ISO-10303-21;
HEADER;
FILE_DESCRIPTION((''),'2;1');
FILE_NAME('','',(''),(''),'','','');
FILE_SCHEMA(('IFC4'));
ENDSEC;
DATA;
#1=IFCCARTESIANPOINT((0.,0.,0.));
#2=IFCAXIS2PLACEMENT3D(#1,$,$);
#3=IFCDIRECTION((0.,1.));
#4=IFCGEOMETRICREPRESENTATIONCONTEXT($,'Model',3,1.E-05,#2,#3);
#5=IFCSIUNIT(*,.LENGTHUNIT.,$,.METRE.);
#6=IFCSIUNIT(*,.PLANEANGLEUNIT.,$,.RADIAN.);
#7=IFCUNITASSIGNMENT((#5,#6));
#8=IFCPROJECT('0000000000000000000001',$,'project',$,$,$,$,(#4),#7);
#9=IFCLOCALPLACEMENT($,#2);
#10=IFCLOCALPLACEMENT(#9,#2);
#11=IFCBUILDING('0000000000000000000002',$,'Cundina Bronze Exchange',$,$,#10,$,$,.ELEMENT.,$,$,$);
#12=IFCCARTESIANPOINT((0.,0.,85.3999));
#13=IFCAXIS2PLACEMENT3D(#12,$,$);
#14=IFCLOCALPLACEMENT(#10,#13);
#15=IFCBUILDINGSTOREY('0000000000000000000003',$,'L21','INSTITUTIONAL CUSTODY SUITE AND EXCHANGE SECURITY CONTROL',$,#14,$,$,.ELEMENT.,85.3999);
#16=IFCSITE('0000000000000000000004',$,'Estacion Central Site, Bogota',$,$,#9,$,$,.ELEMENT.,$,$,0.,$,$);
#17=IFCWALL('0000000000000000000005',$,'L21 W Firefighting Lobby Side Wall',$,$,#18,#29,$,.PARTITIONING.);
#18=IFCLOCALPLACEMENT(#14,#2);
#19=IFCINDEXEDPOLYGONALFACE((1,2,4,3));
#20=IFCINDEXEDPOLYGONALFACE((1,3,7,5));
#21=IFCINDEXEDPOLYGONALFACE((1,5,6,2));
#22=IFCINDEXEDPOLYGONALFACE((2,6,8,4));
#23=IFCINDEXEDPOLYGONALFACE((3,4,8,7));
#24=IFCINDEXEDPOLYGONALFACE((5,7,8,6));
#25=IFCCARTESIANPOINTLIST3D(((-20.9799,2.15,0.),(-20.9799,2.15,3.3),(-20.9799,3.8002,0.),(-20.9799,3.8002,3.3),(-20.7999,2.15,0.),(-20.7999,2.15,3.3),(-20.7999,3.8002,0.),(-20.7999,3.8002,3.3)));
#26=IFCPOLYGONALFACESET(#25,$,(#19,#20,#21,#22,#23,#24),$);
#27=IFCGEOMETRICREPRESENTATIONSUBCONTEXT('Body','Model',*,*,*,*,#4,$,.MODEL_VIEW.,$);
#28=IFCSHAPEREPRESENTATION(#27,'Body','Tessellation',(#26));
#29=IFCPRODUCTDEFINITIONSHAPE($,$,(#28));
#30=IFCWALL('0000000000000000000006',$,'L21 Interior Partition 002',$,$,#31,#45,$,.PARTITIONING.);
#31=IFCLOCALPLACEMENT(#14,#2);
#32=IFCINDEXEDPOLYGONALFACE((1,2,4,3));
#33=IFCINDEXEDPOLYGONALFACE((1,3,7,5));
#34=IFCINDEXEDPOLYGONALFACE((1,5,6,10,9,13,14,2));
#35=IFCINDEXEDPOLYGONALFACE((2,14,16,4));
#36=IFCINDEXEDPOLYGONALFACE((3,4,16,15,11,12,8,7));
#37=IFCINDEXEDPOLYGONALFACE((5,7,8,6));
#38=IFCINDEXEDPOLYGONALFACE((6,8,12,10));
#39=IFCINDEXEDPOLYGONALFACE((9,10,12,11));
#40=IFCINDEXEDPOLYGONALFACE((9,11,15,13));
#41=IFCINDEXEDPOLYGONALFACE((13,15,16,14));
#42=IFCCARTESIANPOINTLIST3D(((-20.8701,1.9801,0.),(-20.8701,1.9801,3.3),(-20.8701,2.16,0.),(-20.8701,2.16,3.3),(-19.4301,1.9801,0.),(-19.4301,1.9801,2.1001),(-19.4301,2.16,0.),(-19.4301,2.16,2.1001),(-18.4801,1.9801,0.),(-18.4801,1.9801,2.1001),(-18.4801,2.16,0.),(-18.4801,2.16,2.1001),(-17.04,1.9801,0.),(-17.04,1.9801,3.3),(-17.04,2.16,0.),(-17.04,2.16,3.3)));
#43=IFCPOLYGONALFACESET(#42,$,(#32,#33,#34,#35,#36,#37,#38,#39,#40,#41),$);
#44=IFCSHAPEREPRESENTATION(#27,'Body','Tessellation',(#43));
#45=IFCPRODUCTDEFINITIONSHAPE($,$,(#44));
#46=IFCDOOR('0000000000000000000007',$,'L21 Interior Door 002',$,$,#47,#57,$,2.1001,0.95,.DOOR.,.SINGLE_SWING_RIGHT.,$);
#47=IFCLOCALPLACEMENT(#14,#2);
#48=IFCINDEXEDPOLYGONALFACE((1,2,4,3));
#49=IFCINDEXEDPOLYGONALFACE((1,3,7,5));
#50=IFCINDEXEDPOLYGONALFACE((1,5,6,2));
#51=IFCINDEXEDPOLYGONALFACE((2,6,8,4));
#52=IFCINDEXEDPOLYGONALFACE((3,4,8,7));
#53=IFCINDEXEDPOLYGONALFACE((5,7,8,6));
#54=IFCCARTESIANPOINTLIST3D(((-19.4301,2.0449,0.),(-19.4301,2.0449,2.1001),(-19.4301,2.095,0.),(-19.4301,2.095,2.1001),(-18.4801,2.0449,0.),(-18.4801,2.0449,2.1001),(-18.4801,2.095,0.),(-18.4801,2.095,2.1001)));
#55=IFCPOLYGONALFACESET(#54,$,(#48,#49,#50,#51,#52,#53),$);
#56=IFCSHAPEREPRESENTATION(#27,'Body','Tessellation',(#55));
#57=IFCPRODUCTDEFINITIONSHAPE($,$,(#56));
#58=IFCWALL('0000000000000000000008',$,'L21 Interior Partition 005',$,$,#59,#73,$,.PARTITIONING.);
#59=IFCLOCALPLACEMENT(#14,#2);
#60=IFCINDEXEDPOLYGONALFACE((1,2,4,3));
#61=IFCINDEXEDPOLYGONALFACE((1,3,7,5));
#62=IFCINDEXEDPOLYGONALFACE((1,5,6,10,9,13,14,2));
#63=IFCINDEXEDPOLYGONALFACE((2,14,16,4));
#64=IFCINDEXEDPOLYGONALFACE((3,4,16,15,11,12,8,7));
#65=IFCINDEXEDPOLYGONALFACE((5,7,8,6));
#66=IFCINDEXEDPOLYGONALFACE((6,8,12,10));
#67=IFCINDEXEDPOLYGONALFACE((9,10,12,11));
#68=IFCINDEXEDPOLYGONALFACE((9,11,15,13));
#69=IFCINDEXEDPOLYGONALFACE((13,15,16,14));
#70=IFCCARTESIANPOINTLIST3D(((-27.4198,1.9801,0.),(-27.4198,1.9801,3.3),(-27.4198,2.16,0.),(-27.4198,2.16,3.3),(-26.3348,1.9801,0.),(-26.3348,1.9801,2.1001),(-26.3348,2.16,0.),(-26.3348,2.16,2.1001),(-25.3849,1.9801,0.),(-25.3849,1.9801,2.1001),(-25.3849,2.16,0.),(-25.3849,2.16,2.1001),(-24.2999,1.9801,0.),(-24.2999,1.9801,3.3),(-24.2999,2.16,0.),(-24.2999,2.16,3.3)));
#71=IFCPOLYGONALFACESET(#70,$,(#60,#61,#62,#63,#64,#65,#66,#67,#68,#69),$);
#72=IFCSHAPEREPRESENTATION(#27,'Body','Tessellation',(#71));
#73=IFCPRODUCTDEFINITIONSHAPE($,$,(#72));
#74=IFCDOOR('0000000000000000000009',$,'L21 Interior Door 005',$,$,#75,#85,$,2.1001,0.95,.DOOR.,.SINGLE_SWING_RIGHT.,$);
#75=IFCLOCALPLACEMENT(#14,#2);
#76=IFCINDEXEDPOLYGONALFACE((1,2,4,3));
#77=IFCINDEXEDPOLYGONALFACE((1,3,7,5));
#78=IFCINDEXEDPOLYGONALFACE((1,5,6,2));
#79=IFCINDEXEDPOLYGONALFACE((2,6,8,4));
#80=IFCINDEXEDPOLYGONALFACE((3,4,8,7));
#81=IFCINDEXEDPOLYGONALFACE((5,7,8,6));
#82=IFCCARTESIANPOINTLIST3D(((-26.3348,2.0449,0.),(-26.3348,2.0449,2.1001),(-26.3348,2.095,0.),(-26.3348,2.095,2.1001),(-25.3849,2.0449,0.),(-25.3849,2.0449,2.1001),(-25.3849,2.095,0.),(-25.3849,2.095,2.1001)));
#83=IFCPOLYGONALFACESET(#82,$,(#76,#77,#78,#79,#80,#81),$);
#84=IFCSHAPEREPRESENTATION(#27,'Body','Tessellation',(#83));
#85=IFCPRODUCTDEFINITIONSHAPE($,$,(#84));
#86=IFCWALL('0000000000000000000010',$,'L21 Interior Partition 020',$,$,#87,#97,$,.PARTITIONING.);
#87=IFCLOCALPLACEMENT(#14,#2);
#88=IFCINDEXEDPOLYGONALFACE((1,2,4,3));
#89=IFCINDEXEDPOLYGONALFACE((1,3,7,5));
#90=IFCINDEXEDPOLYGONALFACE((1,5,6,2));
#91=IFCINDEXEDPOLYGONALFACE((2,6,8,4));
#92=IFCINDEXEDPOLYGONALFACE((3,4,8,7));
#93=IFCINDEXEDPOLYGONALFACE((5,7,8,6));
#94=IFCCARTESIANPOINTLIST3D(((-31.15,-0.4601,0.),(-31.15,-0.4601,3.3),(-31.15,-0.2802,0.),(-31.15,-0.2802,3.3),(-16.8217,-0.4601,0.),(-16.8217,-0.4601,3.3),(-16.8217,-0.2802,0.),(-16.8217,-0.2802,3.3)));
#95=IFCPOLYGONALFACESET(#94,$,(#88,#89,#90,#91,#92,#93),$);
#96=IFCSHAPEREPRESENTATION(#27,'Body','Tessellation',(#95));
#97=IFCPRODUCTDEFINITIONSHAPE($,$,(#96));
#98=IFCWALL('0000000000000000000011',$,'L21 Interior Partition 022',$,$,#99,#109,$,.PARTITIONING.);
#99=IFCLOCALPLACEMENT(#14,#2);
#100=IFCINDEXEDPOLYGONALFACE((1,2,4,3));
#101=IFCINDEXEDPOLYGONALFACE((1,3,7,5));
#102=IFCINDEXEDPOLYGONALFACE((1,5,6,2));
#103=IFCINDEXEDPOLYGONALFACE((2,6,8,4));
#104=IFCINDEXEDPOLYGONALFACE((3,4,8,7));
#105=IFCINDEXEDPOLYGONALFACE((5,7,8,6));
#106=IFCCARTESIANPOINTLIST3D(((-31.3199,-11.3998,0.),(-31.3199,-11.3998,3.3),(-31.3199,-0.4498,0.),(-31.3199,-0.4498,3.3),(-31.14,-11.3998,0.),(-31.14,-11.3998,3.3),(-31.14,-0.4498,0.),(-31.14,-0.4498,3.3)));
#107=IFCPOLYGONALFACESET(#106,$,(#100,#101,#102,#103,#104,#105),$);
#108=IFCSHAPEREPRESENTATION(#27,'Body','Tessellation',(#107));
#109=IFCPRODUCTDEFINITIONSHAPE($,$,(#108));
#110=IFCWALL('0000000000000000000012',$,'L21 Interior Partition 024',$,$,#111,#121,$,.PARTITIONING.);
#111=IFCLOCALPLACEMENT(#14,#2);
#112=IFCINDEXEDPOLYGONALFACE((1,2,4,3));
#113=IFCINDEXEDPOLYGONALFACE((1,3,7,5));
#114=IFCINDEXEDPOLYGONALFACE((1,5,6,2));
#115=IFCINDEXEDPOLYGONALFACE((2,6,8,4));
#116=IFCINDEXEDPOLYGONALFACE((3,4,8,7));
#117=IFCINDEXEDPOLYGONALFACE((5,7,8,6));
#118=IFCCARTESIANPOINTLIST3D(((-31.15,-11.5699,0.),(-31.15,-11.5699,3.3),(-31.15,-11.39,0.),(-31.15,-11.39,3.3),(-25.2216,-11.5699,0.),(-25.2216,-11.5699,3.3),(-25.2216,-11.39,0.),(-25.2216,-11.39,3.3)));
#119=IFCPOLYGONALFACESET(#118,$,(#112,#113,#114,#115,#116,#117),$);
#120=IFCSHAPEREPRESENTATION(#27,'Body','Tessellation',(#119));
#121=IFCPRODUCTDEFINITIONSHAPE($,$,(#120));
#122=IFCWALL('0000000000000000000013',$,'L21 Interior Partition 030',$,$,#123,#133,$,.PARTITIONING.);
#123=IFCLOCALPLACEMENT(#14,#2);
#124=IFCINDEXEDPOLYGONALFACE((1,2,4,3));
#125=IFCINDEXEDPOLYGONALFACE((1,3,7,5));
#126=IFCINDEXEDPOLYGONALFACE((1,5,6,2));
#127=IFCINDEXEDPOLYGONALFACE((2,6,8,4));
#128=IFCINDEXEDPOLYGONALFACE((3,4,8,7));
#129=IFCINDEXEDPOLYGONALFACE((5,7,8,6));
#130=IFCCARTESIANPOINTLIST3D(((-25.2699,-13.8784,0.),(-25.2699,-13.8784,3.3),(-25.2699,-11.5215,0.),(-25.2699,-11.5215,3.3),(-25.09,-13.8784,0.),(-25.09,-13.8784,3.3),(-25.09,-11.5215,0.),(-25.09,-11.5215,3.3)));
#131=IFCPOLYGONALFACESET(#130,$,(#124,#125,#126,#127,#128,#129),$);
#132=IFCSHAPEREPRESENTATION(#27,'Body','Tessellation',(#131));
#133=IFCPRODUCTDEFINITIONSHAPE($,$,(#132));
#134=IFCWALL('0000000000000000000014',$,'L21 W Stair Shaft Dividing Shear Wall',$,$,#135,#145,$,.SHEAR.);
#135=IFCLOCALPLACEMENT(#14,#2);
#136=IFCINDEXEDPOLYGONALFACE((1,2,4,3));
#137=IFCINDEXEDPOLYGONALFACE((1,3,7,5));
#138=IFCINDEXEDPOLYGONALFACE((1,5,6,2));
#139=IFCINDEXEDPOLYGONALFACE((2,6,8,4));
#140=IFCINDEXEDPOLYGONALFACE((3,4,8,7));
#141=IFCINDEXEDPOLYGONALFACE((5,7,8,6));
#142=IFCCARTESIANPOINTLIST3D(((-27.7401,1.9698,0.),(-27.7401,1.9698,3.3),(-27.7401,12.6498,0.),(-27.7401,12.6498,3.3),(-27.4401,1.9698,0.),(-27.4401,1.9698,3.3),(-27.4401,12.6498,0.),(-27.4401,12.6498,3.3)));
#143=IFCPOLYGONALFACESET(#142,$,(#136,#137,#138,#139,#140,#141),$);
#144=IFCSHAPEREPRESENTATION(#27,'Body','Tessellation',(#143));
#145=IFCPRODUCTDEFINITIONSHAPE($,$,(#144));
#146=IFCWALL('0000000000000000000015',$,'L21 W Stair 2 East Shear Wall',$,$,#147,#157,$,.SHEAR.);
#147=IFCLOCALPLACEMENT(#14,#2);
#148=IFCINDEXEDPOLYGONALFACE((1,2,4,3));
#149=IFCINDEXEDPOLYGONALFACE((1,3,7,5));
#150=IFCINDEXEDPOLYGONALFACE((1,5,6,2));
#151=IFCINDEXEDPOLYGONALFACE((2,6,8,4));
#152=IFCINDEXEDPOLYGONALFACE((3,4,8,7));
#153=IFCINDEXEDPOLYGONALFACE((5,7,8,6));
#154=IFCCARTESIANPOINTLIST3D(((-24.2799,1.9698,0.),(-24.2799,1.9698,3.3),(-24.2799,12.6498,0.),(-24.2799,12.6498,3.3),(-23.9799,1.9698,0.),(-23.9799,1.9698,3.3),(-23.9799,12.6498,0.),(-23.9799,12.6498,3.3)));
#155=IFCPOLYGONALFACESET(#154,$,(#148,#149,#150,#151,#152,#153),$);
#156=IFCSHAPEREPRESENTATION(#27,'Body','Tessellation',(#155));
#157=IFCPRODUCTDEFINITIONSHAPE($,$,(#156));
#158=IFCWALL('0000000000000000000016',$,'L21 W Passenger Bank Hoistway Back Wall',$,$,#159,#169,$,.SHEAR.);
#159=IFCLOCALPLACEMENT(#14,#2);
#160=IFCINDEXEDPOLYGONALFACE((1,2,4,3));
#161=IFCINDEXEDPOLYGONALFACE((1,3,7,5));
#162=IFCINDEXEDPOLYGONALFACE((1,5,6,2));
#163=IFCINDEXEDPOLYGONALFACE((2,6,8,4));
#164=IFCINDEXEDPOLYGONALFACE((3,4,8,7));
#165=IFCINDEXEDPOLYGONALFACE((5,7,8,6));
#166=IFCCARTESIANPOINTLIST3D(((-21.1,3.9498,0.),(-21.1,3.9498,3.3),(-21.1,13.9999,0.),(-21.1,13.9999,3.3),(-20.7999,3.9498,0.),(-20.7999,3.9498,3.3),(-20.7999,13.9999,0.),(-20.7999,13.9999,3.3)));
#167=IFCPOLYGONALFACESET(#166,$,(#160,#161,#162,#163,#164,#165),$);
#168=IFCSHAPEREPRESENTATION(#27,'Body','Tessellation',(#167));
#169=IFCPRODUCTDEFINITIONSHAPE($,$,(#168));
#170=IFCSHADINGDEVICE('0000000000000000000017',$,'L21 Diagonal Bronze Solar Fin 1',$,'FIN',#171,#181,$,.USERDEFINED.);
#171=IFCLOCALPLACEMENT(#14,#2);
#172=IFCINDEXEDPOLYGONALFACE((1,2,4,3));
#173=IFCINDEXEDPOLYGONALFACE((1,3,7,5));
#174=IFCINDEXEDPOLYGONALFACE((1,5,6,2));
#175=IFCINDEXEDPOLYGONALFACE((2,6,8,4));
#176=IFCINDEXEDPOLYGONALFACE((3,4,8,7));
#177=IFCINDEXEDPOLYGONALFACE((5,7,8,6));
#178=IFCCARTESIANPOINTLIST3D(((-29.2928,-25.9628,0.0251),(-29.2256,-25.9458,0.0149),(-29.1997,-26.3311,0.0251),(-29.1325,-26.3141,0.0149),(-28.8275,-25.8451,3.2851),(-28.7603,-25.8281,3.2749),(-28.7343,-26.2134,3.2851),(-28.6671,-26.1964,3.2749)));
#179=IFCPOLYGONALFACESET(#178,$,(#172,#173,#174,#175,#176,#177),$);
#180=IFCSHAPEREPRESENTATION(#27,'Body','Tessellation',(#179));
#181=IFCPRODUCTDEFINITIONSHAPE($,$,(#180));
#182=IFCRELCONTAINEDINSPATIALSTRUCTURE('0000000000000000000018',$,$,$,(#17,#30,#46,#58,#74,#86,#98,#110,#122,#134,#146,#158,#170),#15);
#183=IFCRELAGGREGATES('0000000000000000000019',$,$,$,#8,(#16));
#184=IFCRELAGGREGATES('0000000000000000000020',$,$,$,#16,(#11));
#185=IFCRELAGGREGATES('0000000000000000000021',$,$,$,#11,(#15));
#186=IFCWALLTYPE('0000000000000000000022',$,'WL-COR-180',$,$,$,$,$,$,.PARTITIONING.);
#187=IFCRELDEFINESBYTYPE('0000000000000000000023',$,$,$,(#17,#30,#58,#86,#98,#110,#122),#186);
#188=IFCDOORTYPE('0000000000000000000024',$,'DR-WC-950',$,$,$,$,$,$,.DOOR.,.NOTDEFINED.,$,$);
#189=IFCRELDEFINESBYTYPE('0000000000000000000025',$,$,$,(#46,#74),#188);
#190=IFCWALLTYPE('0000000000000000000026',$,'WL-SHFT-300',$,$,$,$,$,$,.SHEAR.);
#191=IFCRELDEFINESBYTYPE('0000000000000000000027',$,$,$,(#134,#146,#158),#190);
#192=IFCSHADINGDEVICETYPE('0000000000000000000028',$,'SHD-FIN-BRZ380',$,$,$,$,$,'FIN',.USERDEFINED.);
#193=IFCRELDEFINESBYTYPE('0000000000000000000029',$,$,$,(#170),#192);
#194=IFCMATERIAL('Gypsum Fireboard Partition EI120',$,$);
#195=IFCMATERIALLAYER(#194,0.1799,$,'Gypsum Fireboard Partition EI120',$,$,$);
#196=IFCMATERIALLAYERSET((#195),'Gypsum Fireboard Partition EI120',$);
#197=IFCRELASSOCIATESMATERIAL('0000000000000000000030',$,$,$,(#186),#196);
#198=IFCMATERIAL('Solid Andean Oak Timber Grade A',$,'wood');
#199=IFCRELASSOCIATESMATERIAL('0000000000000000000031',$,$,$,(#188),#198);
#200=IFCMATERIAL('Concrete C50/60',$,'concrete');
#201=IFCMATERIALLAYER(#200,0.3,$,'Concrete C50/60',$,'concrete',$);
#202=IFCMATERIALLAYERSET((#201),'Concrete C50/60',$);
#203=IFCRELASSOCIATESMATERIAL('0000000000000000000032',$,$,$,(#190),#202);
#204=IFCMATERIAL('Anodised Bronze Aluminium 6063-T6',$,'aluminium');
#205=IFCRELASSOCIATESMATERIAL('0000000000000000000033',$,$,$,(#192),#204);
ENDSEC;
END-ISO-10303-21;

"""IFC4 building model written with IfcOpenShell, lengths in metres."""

from ifc_helpers import new_model, si_unit, direction, frame, frame_2d, origin, origin_2d, place, context, subcontext, project, spatial, rectangle, extrude, material, layer, layer_set, material_profile, profile_set, type_object, element, fill, save


model = new_model("IFC4")

# Units and contexts
model_context = context("Model", 3, precision=1e-05, world=origin(), true_north=direction((0.0, 1.0)))
body_context = subcontext(model_context, "Body", "Model", "MODEL_VIEW")
ifc_project = project(units=[si_unit("LENGTHUNIT", "METRE"), si_unit("PLANEANGLEUNIT", "RADIAN")], contexts=[model_context])

# Site, building, storey
site_placement = place(None, origin())
site = spatial("IfcSite", under=ifc_project, at=site_placement, Name="Estacion Central Site, Bogota", CompositionType="ELEMENT", RefElevation=0.0)
building_placement = place(site_placement, origin())
building = spatial("IfcBuilding", under=site, at=building_placement, Name="Cundina Bronze Exchange", CompositionType="ELEMENT")
storey_placement = place(building_placement, frame((0.0, 0.0, 85.3999)))
storey = spatial("IfcBuildingStorey", under=building, at=storey_placement, Name="L21", Description="INSTITUTIONAL CUSTODY SUITE AND EXCHANGE SECURITY CONTROL", CompositionType="ELEMENT", Elevation=85.3999)

# Shared definitions
ifc_material_1 = material(Name="Anodised Bronze Aluminium 6063-T6", Category="aluminium")

# Wall
ifc_material_2 = material(Name="Gypsum Fireboard Partition EI120")
ifc_layer_1 = layer(ifc_material_2, 0.1799, Name="Gypsum Fireboard Partition EI120")
ifc_layer_set_1 = layer_set([ifc_layer_1], Name="Gypsum Fireboard Partition EI120")
wall_type_1 = type_object("IfcWallType", Name="WL-COR-180", PredefinedType="PARTITIONING", material=ifc_layer_set_1)
wall_1_placement = place(storey_placement, frame((-20.8899, 2.1499, 0.0), z_axis=(0.0, 0.0, 1.0), x_axis=(0.0, 1.0, 0.0)))
element("IfcWall", 1, at=wall_1_placement, inside=storey, type_object=wall_type_1, Name="L21 W Firefighting Lobby Side Wall", PredefinedType="PARTITIONING", context=body_context, shape_type="SweptSolid", body=[
    extrude(rectangle(XDim=1.6501, YDim=0.1799, at=frame_2d((0.8252, 0.0))), origin(), (0.0, 0.0, 1.0), 3.3),
])

# Walls, openings, doors
wall_2_placement = place(storey_placement, frame((-20.8701, 2.0701, 0.0), z_axis=(0.0, 0.0, 1.0), x_axis=(1.0, 0.0, 0.0)))
wall_2 = element("IfcWall", 2, at=wall_2_placement, inside=storey, type_object=wall_type_1, Name="L21 Interior Partition 002", PredefinedType="PARTITIONING", context=body_context, shape_type="SweptSolid", body=[
    extrude(rectangle(XDim=3.8301, YDim=0.1799, at=frame_2d((1.915, 0.0))), origin(), (0.0, 0.0, 1.0), 3.3),
])
opening_1_placement = place(wall_2_placement, frame((1.4399, 0.0, 0.0)))
opening_1 = element("IfcOpeningElement", 3, at=opening_1_placement, cuts=wall_2, PredefinedType="OPENING", context=body_context, shape_type="SweptSolid", body=[
    extrude(rectangle(XDim=0.95, YDim=2.1001, at=frame_2d((0.4751, 1.05))), frame((0.0, 0.0999, 0.0), z_axis=(0.0, -1.0, 0.0), x_axis=(1.0, 0.0, 0.0)), (0.0, 0.0, 1.0), 0.2),
])
ifc_material_3 = material(Name="Solid Andean Oak Timber Grade A", Category="wood")
door_type_1 = type_object("IfcDoorType", Name="DR-WC-950", OperationType="NOTDEFINED", PredefinedType="DOOR", material=ifc_material_3)
door_1_placement = place(opening_1_placement, origin())
door_1 = element("IfcDoor", 4, at=door_1_placement, inside=storey, type_object=door_type_1, Name="L21 Interior Door 002", OperationType="SINGLE_SWING_RIGHT", OverallHeight=2.1001, OverallWidth=0.95, PredefinedType="DOOR", context=body_context, shape_type="SweptSolid", body=[
    extrude(rectangle(XDim=0.95, YDim=2.1001, at=frame_2d((0.4751, 1.05))), frame((0.0, 0.0249, 0.0), z_axis=(0.0, -1.0, 0.0), x_axis=(1.0, 0.0, 0.0)), (0.0, 0.0, 1.0), 0.05),
])
fill(opening_1, door_1)
wall_3_placement = place(storey_placement, frame((-27.4199, 2.0701, 0.0), z_axis=(0.0, 0.0, 1.0), x_axis=(1.0, 0.0, 0.0)))
wall_3 = element("IfcWall", 5, at=wall_3_placement, inside=storey, type_object=wall_type_1, Name="L21 Interior Partition 005", PredefinedType="PARTITIONING", context=body_context, shape_type="SweptSolid", body=[
    extrude(rectangle(XDim=3.1199, YDim=0.1799, at=frame_2d((1.5601, 0.0))), origin(), (0.0, 0.0, 1.0), 3.3),
])
opening_2_placement = place(wall_3_placement, frame((1.085, 0.0, 0.0)))
opening_2 = element("IfcOpeningElement", 6, at=opening_2_placement, cuts=wall_3, PredefinedType="OPENING", context=body_context, shape_type="SweptSolid", body=[
    extrude(rectangle(XDim=0.95, YDim=2.1001, at=frame_2d((0.4751, 1.05))), frame((0.0, 0.0999, 0.0), z_axis=(0.0, -1.0, 0.0), x_axis=(1.0, 0.0, 0.0)), (0.0, 0.0, 1.0), 0.2),
])
door_2_placement = place(opening_2_placement, origin())
door_2 = element("IfcDoor", 7, at=door_2_placement, inside=storey, type_object=door_type_1, Name="L21 Interior Door 005", OperationType="SINGLE_SWING_RIGHT", OverallHeight=2.1001, OverallWidth=0.95, PredefinedType="DOOR", context=body_context, shape_type="SweptSolid", body=[
    extrude(rectangle(XDim=0.95, YDim=2.1001, at=frame_2d((0.4751, 1.05))), frame((0.0, 0.0249, 0.0), z_axis=(0.0, -1.0, 0.0), x_axis=(1.0, 0.0, 0.0)), (0.0, 0.0, 1.0), 0.05),
])
fill(opening_2, door_2)

# Walls
wall_4_placement = place(storey_placement, frame((-31.1499, -0.3701, 0.0), z_axis=(0.0, 0.0, 1.0), x_axis=(1.0, 0.0, 0.0)))
element("IfcWall", 8, at=wall_4_placement, inside=storey, type_object=wall_type_1, Name="L21 Interior Partition 020", PredefinedType="PARTITIONING", context=body_context, shape_type="SweptSolid", body=[
    extrude(rectangle(XDim=14.3284, YDim=0.1799, at=frame_2d((7.1641, 0.0))), origin(), (0.0, 0.0, 1.0), 3.3),
])
wall_5_placement = place(storey_placement, frame((-31.23, -11.3999, 0.0), z_axis=(0.0, 0.0, 1.0), x_axis=(0.0, 1.0, 0.0)))
element("IfcWall", 9, at=wall_5_placement, inside=storey, type_object=wall_type_1, Name="L21 Interior Partition 022", PredefinedType="PARTITIONING", context=body_context, shape_type="SweptSolid", body=[
    extrude(rectangle(XDim=10.95, YDim=0.1799, at=frame_2d((5.4751, 0.0))), origin(), (0.0, 0.0, 1.0), 3.3),
])
wall_6_placement = place(storey_placement, frame((-25.2214, -11.48, 0.0), z_axis=(0.0, 0.0, 1.0), x_axis=(-1.0, 0.0, 0.0)))
element("IfcWall", 10, at=wall_6_placement, inside=storey, type_object=wall_type_1, Name="L21 Interior Partition 024", PredefinedType="PARTITIONING", context=body_context, shape_type="SweptSolid", body=[
    extrude(rectangle(XDim=5.9285, YDim=0.1799, at=frame_2d((2.9644, 0.0))), origin(), (0.0, 0.0, 1.0), 3.3),
])
wall_7_placement = place(storey_placement, frame((-25.1799, -13.8784, 0.0), z_axis=(0.0, 0.0, 1.0), x_axis=(0.0, 1.0, 0.0)))
element("IfcWall", 11, at=wall_7_placement, inside=storey, type_object=wall_type_1, Name="L21 Interior Partition 030", PredefinedType="PARTITIONING", context=body_context, shape_type="SweptSolid", body=[
    extrude(rectangle(XDim=2.3569, YDim=0.1799, at=frame_2d((1.1785, 0.0))), origin(), (0.0, 0.0, 1.0), 3.3),
])
ifc_material_4 = material(Name="Concrete C50/60", Category="concrete")
ifc_layer_2 = layer(ifc_material_4, 0.3, Name="Concrete C50/60", Category="concrete")
ifc_layer_set_2 = layer_set([ifc_layer_2], Name="Concrete C50/60")
wall_type_2 = type_object("IfcWallType", Name="WL-SHFT-300", PredefinedType="SHEAR", material=ifc_layer_set_2)
for number, where, z_axis, x_axis, name in (
    (12, (-27.5901, 1.97, 0.0), (0.0, 0.0, 1.0), (0.0, 1.0, 0.0), "L21 W Stair Shaft Dividing Shear Wall"),
    (13, (-24.1299, 1.97, 0.0), (0.0, 0.0, 1.0), (0.0, 1.0, 0.0), "L21 W Stair 2 East Shear Wall"),
):
    element("IfcWall", number, at=place(storey_placement, frame(where, z_axis=z_axis, x_axis=x_axis)), inside=storey, type_object=wall_type_2, Name=name, PredefinedType="SHEAR", context=body_context, shape_type="SweptSolid", body=[
        extrude(rectangle(XDim=10.6799, YDim=0.3, at=frame_2d((5.3398, 0.0))), origin(), (0.0, 0.0, 1.0), 3.3),
    ])
wall_8_placement = place(storey_placement, frame((-20.95, 3.95, 0.0), z_axis=(0.0, 0.0, 1.0), x_axis=(0.0, 1.0, 0.0)))
element("IfcWall", 14, at=wall_8_placement, inside=storey, type_object=wall_type_2, Name="L21 W Passenger Bank Hoistway Back Wall", PredefinedType="SHEAR", context=body_context, shape_type="SweptSolid", body=[
    extrude(rectangle(XDim=10.05, YDim=0.3, at=frame_2d((5.0249, 0.0))), origin(), (0.0, 0.0, 1.0), 3.3),
])

# Shading device
ifc_material_profile_1 = material_profile(ifc_material_1, rectangle(XDim=0.0701, YDim=0.3799, at=origin_2d()), Name="FIN70X380", Category="aluminium")
ifc_profile_set_1 = profile_set([ifc_material_profile_1], Name="Anodised Bronze Aluminium 6063-T6")
shading_device_type = type_object("IfcShadingDeviceType", Name="SHD-FIN-BRZ380", ElementType="FIN", PredefinedType="USERDEFINED", material=ifc_profile_set_1)
shading_device_placement = place(storey_placement, frame((-29.2126, -26.1384, 0.02), z_axis=(0.141217, 0.035712, 0.989334), x_axis=(-0.959141, -0.242553, 0.145663)))
element("IfcShadingDevice", 15, at=shading_device_placement, inside=storey, type_object=shading_device_type, Name="L21 Diagonal Bronze Solar Fin 1", ObjectType="FIN", PredefinedType="USERDEFINED", context=body_context, shape_type="SweptSolid", body=[
    extrude(rectangle(XDim=0.0701, YDim=0.3799, at=origin_2d()), origin(), (0.0, 0.0, 1.0), 3.2952),
])

save(model, "model.ifc")
